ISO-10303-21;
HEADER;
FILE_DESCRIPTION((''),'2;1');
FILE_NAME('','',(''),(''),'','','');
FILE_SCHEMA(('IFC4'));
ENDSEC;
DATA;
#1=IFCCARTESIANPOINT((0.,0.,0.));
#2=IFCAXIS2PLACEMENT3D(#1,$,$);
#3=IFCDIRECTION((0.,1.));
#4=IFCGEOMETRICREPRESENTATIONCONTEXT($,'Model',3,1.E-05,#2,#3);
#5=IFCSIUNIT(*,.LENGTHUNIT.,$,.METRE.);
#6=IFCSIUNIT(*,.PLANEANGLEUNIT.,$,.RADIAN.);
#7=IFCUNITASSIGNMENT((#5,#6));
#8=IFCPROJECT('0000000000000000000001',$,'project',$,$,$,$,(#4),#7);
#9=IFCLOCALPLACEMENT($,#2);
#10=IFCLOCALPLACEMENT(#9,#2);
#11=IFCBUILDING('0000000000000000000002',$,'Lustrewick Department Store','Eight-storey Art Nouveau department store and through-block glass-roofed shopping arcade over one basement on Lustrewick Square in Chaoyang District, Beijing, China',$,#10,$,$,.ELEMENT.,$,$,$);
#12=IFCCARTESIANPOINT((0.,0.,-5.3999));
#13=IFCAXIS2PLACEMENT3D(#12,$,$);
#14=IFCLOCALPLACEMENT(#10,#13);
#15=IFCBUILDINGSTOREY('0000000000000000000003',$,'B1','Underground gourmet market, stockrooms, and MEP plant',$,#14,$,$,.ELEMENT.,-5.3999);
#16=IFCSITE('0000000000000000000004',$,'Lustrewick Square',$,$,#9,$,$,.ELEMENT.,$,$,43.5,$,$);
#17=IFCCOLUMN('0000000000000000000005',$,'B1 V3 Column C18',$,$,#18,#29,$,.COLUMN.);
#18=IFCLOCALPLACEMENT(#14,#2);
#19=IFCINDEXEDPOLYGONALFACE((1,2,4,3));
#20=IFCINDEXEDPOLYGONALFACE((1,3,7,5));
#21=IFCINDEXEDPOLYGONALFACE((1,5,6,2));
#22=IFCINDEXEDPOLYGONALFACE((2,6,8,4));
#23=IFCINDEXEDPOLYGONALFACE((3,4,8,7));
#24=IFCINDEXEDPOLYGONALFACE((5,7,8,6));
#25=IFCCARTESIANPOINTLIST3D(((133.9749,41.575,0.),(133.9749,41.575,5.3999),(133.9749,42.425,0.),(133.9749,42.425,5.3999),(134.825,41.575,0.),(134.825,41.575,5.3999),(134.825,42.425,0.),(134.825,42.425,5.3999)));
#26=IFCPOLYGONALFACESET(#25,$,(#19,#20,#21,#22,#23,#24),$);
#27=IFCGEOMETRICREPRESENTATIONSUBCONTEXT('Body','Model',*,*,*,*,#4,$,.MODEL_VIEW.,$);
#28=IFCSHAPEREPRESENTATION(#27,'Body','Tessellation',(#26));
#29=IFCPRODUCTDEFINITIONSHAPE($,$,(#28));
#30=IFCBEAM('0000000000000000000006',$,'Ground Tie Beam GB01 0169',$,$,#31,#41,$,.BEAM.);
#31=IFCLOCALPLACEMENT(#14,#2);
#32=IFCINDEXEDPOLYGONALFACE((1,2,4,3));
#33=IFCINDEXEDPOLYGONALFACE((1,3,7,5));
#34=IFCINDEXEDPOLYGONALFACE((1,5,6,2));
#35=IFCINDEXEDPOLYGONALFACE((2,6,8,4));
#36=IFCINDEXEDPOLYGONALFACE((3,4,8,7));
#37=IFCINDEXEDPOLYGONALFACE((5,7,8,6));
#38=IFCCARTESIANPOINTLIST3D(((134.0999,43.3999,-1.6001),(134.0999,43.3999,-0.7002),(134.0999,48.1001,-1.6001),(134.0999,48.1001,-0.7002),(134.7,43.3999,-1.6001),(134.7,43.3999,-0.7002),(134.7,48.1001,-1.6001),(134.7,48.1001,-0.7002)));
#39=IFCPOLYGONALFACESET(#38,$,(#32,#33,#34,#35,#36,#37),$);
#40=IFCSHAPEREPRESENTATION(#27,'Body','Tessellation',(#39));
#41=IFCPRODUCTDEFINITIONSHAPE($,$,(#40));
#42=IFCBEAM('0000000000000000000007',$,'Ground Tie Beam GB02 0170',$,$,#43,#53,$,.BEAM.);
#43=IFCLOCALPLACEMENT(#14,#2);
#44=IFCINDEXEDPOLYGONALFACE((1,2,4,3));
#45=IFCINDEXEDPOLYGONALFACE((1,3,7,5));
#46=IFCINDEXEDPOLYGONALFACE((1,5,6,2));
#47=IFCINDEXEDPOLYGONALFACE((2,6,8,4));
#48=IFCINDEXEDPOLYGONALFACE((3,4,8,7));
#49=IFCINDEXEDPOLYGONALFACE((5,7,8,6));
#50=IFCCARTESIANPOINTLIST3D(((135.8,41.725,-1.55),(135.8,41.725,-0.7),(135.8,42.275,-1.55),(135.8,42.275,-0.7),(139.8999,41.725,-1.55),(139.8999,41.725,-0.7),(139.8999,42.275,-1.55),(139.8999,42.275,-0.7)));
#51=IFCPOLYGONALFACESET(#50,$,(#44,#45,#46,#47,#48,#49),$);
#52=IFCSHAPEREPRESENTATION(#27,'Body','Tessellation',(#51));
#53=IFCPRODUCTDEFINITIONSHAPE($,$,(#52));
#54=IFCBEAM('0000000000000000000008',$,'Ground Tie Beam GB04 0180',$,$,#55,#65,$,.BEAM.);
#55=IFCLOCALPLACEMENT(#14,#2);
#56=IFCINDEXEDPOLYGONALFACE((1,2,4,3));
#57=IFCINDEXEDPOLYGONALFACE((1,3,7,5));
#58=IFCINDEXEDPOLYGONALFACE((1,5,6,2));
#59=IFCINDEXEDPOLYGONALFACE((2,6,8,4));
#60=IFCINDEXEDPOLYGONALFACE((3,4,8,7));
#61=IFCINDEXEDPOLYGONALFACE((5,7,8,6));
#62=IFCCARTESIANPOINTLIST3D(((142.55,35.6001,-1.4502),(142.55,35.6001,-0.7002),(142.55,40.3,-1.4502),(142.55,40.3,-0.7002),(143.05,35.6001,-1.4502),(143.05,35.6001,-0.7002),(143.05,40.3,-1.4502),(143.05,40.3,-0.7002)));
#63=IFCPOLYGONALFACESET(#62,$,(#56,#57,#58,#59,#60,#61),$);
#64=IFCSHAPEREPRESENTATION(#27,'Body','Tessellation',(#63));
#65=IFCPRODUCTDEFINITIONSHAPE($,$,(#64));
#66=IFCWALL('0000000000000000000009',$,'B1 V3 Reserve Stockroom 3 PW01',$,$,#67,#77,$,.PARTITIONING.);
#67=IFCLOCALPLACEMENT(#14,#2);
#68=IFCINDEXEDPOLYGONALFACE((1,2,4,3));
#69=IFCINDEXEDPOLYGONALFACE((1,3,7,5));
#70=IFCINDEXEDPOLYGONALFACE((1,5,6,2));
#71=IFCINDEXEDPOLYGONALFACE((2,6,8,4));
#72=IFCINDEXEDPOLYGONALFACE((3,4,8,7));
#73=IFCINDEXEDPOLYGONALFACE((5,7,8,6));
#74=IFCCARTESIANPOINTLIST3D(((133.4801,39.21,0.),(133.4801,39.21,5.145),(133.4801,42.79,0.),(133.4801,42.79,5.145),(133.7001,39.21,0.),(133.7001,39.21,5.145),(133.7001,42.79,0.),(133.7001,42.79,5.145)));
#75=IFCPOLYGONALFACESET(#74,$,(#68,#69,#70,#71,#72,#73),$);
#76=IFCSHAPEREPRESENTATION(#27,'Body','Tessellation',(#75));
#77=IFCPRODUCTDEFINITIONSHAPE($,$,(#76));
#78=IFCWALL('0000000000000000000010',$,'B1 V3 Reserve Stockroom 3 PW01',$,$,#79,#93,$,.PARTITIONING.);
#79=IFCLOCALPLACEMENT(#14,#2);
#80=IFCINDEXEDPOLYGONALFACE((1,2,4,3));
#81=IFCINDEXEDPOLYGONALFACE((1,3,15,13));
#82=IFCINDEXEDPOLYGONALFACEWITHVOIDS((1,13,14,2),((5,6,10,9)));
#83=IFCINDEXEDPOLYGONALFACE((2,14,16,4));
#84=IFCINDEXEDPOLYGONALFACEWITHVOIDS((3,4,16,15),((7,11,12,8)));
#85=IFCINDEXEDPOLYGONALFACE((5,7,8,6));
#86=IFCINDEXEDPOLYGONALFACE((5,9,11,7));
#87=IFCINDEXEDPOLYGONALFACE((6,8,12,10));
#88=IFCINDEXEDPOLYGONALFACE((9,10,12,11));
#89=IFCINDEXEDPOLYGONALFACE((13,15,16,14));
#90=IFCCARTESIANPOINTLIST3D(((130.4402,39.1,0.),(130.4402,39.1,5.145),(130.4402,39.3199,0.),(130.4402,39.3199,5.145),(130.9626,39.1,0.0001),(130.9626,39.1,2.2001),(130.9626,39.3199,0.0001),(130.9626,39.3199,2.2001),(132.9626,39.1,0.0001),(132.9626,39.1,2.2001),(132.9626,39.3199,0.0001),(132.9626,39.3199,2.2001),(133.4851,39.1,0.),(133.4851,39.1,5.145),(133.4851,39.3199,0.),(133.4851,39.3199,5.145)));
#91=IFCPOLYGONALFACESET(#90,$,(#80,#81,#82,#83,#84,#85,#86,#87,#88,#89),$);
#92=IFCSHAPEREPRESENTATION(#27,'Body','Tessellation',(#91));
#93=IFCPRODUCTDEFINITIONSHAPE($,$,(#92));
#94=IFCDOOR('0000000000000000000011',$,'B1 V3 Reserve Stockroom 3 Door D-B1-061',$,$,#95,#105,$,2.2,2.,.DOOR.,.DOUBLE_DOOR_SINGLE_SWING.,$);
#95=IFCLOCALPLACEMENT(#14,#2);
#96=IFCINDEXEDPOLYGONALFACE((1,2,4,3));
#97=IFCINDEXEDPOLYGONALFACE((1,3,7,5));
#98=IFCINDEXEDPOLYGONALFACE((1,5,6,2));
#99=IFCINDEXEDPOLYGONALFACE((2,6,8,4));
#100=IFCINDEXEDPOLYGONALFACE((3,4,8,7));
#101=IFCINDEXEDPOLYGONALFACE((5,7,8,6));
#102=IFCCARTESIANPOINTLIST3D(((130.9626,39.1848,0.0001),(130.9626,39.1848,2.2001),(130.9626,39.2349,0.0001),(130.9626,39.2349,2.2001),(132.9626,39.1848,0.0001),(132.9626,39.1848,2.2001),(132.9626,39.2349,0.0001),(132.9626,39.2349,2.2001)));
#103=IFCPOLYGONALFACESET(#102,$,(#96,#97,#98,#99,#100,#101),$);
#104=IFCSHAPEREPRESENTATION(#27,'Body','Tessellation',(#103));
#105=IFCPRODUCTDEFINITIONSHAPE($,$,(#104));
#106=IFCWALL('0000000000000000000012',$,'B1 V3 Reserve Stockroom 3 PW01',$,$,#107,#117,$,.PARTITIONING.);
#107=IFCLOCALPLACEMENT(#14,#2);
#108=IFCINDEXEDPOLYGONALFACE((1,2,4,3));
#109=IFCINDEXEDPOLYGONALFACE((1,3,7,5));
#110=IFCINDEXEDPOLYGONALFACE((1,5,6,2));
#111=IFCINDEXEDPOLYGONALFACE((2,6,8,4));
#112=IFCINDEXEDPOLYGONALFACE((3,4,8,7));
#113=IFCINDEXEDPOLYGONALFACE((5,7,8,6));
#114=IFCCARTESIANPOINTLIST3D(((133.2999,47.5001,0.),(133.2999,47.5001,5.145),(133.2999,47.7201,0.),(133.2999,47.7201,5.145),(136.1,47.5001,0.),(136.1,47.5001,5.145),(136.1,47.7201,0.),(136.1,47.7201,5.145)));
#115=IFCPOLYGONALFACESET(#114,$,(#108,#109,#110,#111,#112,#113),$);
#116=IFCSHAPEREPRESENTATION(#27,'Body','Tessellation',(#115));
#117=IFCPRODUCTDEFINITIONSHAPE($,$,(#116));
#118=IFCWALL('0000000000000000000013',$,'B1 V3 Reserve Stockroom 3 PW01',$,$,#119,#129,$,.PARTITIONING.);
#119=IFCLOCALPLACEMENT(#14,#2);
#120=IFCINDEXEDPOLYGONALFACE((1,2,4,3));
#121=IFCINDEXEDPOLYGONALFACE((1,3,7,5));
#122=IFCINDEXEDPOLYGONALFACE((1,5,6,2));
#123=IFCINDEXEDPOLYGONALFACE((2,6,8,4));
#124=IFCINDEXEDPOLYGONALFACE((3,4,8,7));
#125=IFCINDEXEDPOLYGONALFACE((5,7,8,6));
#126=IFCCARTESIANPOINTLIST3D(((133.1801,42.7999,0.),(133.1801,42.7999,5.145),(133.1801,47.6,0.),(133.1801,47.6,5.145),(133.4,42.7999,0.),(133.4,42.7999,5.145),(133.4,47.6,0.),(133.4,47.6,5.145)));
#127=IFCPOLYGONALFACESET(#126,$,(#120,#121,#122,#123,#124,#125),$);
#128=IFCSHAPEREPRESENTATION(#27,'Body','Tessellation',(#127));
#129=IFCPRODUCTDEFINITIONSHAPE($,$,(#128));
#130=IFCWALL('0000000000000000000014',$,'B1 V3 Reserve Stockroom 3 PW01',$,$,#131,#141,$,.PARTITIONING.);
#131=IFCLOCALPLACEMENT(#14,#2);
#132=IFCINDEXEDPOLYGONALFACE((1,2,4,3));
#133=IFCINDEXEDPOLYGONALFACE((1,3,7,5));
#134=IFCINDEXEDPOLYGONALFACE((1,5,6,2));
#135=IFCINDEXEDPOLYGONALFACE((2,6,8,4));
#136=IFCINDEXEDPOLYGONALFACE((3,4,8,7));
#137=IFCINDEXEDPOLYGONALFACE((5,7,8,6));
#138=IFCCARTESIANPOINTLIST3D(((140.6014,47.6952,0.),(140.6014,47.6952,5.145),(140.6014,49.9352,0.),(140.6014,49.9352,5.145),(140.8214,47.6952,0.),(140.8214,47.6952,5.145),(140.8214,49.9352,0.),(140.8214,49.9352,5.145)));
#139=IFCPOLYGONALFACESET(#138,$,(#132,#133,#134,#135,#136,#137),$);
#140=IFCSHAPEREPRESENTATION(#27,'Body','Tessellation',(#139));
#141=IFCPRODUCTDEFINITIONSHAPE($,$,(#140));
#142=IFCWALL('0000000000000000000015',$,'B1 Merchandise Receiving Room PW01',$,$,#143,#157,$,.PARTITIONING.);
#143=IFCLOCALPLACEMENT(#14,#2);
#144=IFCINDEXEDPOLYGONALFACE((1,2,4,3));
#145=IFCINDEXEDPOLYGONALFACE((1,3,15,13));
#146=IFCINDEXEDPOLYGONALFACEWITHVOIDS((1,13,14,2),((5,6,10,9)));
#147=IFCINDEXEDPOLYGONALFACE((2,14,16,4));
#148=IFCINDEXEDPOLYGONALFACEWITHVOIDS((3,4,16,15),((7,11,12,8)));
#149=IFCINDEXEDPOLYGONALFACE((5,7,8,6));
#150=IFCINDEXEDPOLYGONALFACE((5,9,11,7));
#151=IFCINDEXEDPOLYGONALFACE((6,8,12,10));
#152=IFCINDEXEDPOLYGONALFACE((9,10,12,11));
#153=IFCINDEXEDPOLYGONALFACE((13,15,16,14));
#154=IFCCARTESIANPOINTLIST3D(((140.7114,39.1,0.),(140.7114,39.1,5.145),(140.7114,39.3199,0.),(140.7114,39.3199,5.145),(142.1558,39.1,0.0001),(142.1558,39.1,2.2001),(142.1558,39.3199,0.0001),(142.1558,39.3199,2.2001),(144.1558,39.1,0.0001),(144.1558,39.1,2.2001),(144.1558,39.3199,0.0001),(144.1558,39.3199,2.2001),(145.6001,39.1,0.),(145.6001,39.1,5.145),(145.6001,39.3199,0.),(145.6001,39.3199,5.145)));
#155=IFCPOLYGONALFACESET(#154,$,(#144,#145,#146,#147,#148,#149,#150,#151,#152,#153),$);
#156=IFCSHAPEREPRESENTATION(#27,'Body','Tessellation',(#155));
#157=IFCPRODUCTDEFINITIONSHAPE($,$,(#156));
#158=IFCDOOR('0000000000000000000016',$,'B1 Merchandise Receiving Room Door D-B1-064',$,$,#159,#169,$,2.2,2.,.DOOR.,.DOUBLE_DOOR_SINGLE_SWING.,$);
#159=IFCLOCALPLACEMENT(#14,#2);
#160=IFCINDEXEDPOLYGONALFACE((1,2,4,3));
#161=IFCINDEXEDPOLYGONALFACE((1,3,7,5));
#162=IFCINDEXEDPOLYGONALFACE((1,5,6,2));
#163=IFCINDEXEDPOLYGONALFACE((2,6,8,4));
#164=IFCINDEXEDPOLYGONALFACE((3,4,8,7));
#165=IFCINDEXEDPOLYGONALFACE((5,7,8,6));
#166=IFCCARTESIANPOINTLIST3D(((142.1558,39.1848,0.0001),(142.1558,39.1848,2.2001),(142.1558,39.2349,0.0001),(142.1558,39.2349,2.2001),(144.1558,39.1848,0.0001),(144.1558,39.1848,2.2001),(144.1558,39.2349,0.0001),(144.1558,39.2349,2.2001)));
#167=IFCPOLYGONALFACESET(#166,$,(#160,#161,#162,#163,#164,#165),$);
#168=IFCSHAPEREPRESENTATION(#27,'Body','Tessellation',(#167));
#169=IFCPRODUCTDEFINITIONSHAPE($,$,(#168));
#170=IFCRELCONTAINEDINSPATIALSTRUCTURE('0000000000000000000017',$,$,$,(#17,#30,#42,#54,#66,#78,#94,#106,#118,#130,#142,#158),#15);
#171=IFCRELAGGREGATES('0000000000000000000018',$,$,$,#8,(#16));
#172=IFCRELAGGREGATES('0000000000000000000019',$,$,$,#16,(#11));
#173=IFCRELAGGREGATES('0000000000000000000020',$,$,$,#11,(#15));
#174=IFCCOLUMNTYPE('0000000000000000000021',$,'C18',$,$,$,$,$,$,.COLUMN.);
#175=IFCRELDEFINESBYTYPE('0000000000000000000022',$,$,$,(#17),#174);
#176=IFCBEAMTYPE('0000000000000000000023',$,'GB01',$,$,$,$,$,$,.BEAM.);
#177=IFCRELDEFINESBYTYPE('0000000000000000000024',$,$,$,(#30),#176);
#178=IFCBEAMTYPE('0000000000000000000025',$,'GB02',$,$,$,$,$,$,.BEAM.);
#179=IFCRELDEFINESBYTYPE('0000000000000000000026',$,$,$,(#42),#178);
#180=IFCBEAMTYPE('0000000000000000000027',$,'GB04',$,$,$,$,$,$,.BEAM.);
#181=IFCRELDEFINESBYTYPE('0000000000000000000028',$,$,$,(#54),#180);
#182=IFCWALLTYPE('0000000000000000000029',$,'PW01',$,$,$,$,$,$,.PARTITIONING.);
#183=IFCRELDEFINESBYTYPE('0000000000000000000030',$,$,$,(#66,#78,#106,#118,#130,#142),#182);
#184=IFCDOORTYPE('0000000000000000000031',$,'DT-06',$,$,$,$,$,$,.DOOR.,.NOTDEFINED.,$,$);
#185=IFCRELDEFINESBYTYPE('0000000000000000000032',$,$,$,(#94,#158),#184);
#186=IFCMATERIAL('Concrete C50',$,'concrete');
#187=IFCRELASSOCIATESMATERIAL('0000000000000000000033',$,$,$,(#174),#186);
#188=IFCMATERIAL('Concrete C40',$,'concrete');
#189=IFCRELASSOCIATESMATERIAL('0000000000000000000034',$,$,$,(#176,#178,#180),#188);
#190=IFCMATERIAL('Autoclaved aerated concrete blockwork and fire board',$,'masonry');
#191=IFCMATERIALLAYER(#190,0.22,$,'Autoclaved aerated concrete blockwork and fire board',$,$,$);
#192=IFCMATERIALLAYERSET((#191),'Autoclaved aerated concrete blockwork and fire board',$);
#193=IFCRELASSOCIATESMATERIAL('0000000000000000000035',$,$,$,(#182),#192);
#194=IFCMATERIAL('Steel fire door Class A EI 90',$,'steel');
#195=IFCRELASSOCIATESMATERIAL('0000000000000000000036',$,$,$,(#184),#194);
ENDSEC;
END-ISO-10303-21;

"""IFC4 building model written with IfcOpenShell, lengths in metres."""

from ifc_helpers import new_model, si_unit, direction, frame, frame_2d, origin, origin_2d, place, context, subcontext, project, spatial, rectangle, extrude, material, layer, layer_set, material_profile, profile_set, type_object, element, fill, save


model = new_model("IFC4")

# Units and contexts
model_context = context("Model", 3, precision=1e-05, world=origin(), true_north=direction((0.0, 1.0)))
body_context = subcontext(model_context, "Body", "Model", "MODEL_VIEW")
ifc_project = project(units=[si_unit("LENGTHUNIT", "METRE"), si_unit("PLANEANGLEUNIT", "RADIAN")], contexts=[model_context])

# Site, building, storey
site_placement = place(None, origin())
site = spatial("IfcSite", under=ifc_project, at=site_placement, Name="Lustrewick Square", CompositionType="ELEMENT", RefElevation=43.5)
building_placement = place(site_placement, origin())
building = spatial("IfcBuilding", under=site, at=building_placement, Name="Lustrewick Department Store", Description="Eight-storey Art Nouveau department store and through-block glass-roofed shopping arcade over one basement on Lustrewick Square in Chaoyang District, Beijing, China", CompositionType="ELEMENT")
storey_placement = place(building_placement, frame((0.0, 0.0, -5.3999)))
storey = spatial("IfcBuildingStorey", under=building, at=storey_placement, Name="B1", Description="Underground gourmet market, stockrooms, and MEP plant", CompositionType="ELEMENT", Elevation=-5.3999)

# Shared definitions
ifc_material_1 = material(Name="Concrete C40", Category="concrete")

# Column
ifc_material_2 = material(Name="Concrete C50", Category="concrete")
ifc_material_profile_1 = material_profile(ifc_material_2, rectangle(XDim=0.8501, YDim=0.8501, at=origin_2d()), Name="RC 850x850")
ifc_profile_set_1 = profile_set([ifc_material_profile_1], Name="Concrete C50")
column_type = type_object("IfcColumnType", Name="C18", PredefinedType="COLUMN", material=ifc_profile_set_1)
column_placement = place(storey_placement, frame((134.3999, 42.0, 0.0), z_axis=(0.0, 0.0, 1.0), x_axis=(1.0, 0.0, 0.0)))
element("IfcColumn", 1, at=column_placement, inside=storey, type_object=column_type, Name="B1 V3 Column C18", PredefinedType="COLUMN", context=body_context, shape_type="SweptSolid", body=[
    extrude(rectangle(XDim=0.8501, YDim=0.8501, at=origin_2d()), origin(), (0.0, 0.0, 1.0), 5.3999),
])

# Beams
ifc_material_profile_2 = material_profile(ifc_material_1, rectangle(XDim=0.6001, YDim=0.8999, at=origin_2d()), Name="RC 600x900")
ifc_profile_set_2 = profile_set([ifc_material_profile_2], Name="Concrete C40")
beam_type_1 = type_object("IfcBeamType", Name="GB01", PredefinedType="BEAM", material=ifc_profile_set_2)
beam_1_placement = place(storey_placement, frame((134.3999, 43.3999, -1.1501), z_axis=(0.0, 1.0, 0.0), x_axis=(-1.0, 0.0, 0.0)))
element("IfcBeam", 2, at=beam_1_placement, inside=storey, type_object=beam_type_1, Name="Ground Tie Beam GB01 0169", PredefinedType="BEAM", context=body_context, shape_type="SweptSolid", body=[
    extrude(rectangle(XDim=0.6001, YDim=0.8999, at=origin_2d()), origin(), (0.0, 0.0, 1.0), 4.7002),
])
ifc_material_profile_3 = material_profile(ifc_material_1, rectangle(XDim=0.55, YDim=0.8501, at=origin_2d()), Name="RC 550x850")
ifc_profile_set_3 = profile_set([ifc_material_profile_3], Name="Concrete C40")
beam_type_2 = type_object("IfcBeamType", Name="GB02", PredefinedType="BEAM", material=ifc_profile_set_3)
beam_2_placement = place(storey_placement, frame((135.8, 42.0, -1.125), z_axis=(1.0, 0.0, 0.0), x_axis=(0.0, 1.0, 0.0)))
element("IfcBeam", 3, at=beam_2_placement, inside=storey, type_object=beam_type_2, Name="Ground Tie Beam GB02 0170", PredefinedType="BEAM", context=body_context, shape_type="SweptSolid", body=[
    extrude(rectangle(XDim=0.55, YDim=0.8501, at=origin_2d()), origin(), (0.0, 0.0, 1.0), 4.0999),
])
ifc_material_profile_4 = material_profile(ifc_material_1, rectangle(XDim=0.5, YDim=0.75, at=origin_2d()), Name="RC 500x750")
ifc_profile_set_4 = profile_set([ifc_material_profile_4], Name="Concrete C40")
beam_type_3 = type_object("IfcBeamType", Name="GB04", PredefinedType="BEAM", material=ifc_profile_set_4)
beam_3_placement = place(storey_placement, frame((142.8, 35.6001, -1.0752), z_axis=(0.0, 1.0, 0.0), x_axis=(-1.0, 0.0, 0.0)))
element("IfcBeam", 4, at=beam_3_placement, inside=storey, type_object=beam_type_3, Name="Ground Tie Beam GB04 0180", PredefinedType="BEAM", context=body_context, shape_type="SweptSolid", body=[
    extrude(rectangle(XDim=0.5, YDim=0.75, at=origin_2d()), origin(), (0.0, 0.0, 1.0), 4.7),
])

# Wall
ifc_material_3 = material(Name="Autoclaved aerated concrete blockwork and fire board", Category="masonry")
ifc_layer_1 = layer(ifc_material_3, 0.22, Name="Autoclaved aerated concrete blockwork and fire board")
ifc_layer_set_1 = layer_set([ifc_layer_1], Name="Autoclaved aerated concrete blockwork and fire board")
wall_type_1 = type_object("IfcWallType", Name="PW01", PredefinedType="PARTITIONING", material=ifc_layer_set_1)
wall_1_placement = place(storey_placement, frame((133.5901, 39.21, 0.0), z_axis=(0.0, 0.0, 1.0), x_axis=(0.0, 1.0, 0.0)))
element("IfcWall", 5, at=wall_1_placement, inside=storey, type_object=wall_type_1, Name="B1 V3 Reserve Stockroom 3 PW01", PredefinedType="PARTITIONING", context=body_context, shape_type="SweptSolid", body=[
    extrude(rectangle(XDim=3.5801, YDim=0.22, at=frame_2d((1.79, 0.0))), origin(), (0.0, 0.0, 1.0), 5.145),
])

# Wall, opening, door
wall_2_placement = place(storey_placement, frame((130.4402, 39.21, 0.0), z_axis=(0.0, 0.0, 1.0), x_axis=(1.0, 0.0, 0.0)))
wall_2 = element("IfcWall", 6, at=wall_2_placement, inside=storey, type_object=wall_type_1, Name="B1 V3 Reserve Stockroom 3 PW01", PredefinedType="PARTITIONING", context=body_context, shape_type="SweptSolid", body=[
    extrude(rectangle(XDim=3.0449, YDim=0.22, at=frame_2d((1.5225, 0.0))), origin(), (0.0, 0.0, 1.0), 5.145),
])
opening_1_placement = place(wall_2_placement, frame((0.5225, 0.0, 0.0)))
opening_1 = element("IfcOpeningElement", 7, at=opening_1_placement, cuts=wall_2, PredefinedType="OPENING", context=body_context, shape_type="SweptSolid", body=[
    extrude(rectangle(XDim=2.0, YDim=2.2, at=frame_2d((1.0, 1.1001))), frame((0.0, 0.1201, 0.0), z_axis=(0.0, -1.0, 0.0), x_axis=(1.0, 0.0, 0.0)), (0.0, 0.0, 1.0), 0.24),
])
ifc_material_4 = material(Name="Steel fire door Class A EI 90", Category="steel")
door_type_1 = type_object("IfcDoorType", Name="DT-06", OperationType="NOTDEFINED", PredefinedType="DOOR", material=ifc_material_4)
door_1_placement = place(opening_1_placement, origin())
door_1 = element("IfcDoor", 8, at=door_1_placement, inside=storey, type_object=door_type_1, Name="B1 V3 Reserve Stockroom 3 Door D-B1-061", OperationType="DOUBLE_DOOR_SINGLE_SWING", OverallHeight=2.2, OverallWidth=2.0, PredefinedType="DOOR", context=body_context, shape_type="SweptSolid", body=[
    extrude(rectangle(XDim=2.0, YDim=2.2, at=frame_2d((1.0, 1.1001))), frame((0.0, 0.0249, 0.0), z_axis=(0.0, -1.0, 0.0), x_axis=(1.0, 0.0, 0.0)), (0.0, 0.0, 1.0), 0.05),
])
fill(opening_1, door_1)

# Walls
wall_3_placement = place(storey_placement, frame((133.3, 47.6101, 0.0), z_axis=(0.0, 0.0, 1.0), x_axis=(1.0, 0.0, 0.0)))
element("IfcWall", 9, at=wall_3_placement, inside=storey, type_object=wall_type_1, Name="B1 V3 Reserve Stockroom 3 PW01", PredefinedType="PARTITIONING", context=body_context, shape_type="SweptSolid", body=[
    extrude(rectangle(XDim=2.8, YDim=0.22, at=frame_2d((1.3999, 0.0))), origin(), (0.0, 0.0, 1.0), 5.145),
])
wall_4_placement = place(storey_placement, frame((133.29, 42.8, 0.0), z_axis=(0.0, 0.0, 1.0), x_axis=(0.0, 1.0, 0.0)))
element("IfcWall", 10, at=wall_4_placement, inside=storey, type_object=wall_type_1, Name="B1 V3 Reserve Stockroom 3 PW01", PredefinedType="PARTITIONING", context=body_context, shape_type="SweptSolid", body=[
    extrude(rectangle(XDim=4.8, YDim=0.22, at=frame_2d((2.3999, 0.0))), origin(), (0.0, 0.0, 1.0), 5.145),
])
wall_5_placement = place(storey_placement, frame((140.7114, 47.6951, 0.0), z_axis=(0.0, 0.0, 1.0), x_axis=(0.0, 1.0, 0.0)))
element("IfcWall", 11, at=wall_5_placement, inside=storey, type_object=wall_type_1, Name="B1 V3 Reserve Stockroom 3 PW01", PredefinedType="PARTITIONING", context=body_context, shape_type="SweptSolid", body=[
    extrude(rectangle(XDim=2.24, YDim=0.22, at=frame_2d((1.1201, 0.0))), origin(), (0.0, 0.0, 1.0), 5.145),
])

# Wall, opening, door
wall_6_placement = place(storey_placement, frame((140.7114, 39.21, 0.0), z_axis=(0.0, 0.0, 1.0), x_axis=(1.0, 0.0, 0.0)))
wall_6 = element("IfcWall", 12, at=wall_6_placement, inside=storey, type_object=wall_type_1, Name="B1 Merchandise Receiving Room PW01", PredefinedType="PARTITIONING", context=body_context, shape_type="SweptSolid", body=[
    extrude(rectangle(XDim=4.8887, YDim=0.22, at=frame_2d((2.4443, 0.0))), origin(), (0.0, 0.0, 1.0), 5.145),
])
opening_2_placement = place(wall_6_placement, frame((1.4443, 0.0, 0.0)))
opening_2 = element("IfcOpeningElement", 13, at=opening_2_placement, cuts=wall_6, PredefinedType="OPENING", context=body_context, shape_type="SweptSolid", body=[
    extrude(rectangle(XDim=2.0, YDim=2.2, at=frame_2d((1.0, 1.1001))), frame((0.0, 0.1201, 0.0), z_axis=(0.0, -1.0, 0.0), x_axis=(1.0, 0.0, 0.0)), (0.0, 0.0, 1.0), 0.24),
])
door_2_placement = place(opening_2_placement, origin())
door_2 = element("IfcDoor", 14, at=door_2_placement, inside=storey, type_object=door_type_1, Name="B1 Merchandise Receiving Room Door D-B1-064", OperationType="DOUBLE_DOOR_SINGLE_SWING", OverallHeight=2.2, OverallWidth=2.0, PredefinedType="DOOR", context=body_context, shape_type="SweptSolid", body=[
    extrude(rectangle(XDim=2.0, YDim=2.2, at=frame_2d((1.0, 1.1001))), frame((0.0, 0.0249, 0.0), z_axis=(0.0, -1.0, 0.0), x_axis=(1.0, 0.0, 0.0)), (0.0, 0.0, 1.0), 0.05),
])
fill(opening_2, door_2)

save(model, "model.ifc")
